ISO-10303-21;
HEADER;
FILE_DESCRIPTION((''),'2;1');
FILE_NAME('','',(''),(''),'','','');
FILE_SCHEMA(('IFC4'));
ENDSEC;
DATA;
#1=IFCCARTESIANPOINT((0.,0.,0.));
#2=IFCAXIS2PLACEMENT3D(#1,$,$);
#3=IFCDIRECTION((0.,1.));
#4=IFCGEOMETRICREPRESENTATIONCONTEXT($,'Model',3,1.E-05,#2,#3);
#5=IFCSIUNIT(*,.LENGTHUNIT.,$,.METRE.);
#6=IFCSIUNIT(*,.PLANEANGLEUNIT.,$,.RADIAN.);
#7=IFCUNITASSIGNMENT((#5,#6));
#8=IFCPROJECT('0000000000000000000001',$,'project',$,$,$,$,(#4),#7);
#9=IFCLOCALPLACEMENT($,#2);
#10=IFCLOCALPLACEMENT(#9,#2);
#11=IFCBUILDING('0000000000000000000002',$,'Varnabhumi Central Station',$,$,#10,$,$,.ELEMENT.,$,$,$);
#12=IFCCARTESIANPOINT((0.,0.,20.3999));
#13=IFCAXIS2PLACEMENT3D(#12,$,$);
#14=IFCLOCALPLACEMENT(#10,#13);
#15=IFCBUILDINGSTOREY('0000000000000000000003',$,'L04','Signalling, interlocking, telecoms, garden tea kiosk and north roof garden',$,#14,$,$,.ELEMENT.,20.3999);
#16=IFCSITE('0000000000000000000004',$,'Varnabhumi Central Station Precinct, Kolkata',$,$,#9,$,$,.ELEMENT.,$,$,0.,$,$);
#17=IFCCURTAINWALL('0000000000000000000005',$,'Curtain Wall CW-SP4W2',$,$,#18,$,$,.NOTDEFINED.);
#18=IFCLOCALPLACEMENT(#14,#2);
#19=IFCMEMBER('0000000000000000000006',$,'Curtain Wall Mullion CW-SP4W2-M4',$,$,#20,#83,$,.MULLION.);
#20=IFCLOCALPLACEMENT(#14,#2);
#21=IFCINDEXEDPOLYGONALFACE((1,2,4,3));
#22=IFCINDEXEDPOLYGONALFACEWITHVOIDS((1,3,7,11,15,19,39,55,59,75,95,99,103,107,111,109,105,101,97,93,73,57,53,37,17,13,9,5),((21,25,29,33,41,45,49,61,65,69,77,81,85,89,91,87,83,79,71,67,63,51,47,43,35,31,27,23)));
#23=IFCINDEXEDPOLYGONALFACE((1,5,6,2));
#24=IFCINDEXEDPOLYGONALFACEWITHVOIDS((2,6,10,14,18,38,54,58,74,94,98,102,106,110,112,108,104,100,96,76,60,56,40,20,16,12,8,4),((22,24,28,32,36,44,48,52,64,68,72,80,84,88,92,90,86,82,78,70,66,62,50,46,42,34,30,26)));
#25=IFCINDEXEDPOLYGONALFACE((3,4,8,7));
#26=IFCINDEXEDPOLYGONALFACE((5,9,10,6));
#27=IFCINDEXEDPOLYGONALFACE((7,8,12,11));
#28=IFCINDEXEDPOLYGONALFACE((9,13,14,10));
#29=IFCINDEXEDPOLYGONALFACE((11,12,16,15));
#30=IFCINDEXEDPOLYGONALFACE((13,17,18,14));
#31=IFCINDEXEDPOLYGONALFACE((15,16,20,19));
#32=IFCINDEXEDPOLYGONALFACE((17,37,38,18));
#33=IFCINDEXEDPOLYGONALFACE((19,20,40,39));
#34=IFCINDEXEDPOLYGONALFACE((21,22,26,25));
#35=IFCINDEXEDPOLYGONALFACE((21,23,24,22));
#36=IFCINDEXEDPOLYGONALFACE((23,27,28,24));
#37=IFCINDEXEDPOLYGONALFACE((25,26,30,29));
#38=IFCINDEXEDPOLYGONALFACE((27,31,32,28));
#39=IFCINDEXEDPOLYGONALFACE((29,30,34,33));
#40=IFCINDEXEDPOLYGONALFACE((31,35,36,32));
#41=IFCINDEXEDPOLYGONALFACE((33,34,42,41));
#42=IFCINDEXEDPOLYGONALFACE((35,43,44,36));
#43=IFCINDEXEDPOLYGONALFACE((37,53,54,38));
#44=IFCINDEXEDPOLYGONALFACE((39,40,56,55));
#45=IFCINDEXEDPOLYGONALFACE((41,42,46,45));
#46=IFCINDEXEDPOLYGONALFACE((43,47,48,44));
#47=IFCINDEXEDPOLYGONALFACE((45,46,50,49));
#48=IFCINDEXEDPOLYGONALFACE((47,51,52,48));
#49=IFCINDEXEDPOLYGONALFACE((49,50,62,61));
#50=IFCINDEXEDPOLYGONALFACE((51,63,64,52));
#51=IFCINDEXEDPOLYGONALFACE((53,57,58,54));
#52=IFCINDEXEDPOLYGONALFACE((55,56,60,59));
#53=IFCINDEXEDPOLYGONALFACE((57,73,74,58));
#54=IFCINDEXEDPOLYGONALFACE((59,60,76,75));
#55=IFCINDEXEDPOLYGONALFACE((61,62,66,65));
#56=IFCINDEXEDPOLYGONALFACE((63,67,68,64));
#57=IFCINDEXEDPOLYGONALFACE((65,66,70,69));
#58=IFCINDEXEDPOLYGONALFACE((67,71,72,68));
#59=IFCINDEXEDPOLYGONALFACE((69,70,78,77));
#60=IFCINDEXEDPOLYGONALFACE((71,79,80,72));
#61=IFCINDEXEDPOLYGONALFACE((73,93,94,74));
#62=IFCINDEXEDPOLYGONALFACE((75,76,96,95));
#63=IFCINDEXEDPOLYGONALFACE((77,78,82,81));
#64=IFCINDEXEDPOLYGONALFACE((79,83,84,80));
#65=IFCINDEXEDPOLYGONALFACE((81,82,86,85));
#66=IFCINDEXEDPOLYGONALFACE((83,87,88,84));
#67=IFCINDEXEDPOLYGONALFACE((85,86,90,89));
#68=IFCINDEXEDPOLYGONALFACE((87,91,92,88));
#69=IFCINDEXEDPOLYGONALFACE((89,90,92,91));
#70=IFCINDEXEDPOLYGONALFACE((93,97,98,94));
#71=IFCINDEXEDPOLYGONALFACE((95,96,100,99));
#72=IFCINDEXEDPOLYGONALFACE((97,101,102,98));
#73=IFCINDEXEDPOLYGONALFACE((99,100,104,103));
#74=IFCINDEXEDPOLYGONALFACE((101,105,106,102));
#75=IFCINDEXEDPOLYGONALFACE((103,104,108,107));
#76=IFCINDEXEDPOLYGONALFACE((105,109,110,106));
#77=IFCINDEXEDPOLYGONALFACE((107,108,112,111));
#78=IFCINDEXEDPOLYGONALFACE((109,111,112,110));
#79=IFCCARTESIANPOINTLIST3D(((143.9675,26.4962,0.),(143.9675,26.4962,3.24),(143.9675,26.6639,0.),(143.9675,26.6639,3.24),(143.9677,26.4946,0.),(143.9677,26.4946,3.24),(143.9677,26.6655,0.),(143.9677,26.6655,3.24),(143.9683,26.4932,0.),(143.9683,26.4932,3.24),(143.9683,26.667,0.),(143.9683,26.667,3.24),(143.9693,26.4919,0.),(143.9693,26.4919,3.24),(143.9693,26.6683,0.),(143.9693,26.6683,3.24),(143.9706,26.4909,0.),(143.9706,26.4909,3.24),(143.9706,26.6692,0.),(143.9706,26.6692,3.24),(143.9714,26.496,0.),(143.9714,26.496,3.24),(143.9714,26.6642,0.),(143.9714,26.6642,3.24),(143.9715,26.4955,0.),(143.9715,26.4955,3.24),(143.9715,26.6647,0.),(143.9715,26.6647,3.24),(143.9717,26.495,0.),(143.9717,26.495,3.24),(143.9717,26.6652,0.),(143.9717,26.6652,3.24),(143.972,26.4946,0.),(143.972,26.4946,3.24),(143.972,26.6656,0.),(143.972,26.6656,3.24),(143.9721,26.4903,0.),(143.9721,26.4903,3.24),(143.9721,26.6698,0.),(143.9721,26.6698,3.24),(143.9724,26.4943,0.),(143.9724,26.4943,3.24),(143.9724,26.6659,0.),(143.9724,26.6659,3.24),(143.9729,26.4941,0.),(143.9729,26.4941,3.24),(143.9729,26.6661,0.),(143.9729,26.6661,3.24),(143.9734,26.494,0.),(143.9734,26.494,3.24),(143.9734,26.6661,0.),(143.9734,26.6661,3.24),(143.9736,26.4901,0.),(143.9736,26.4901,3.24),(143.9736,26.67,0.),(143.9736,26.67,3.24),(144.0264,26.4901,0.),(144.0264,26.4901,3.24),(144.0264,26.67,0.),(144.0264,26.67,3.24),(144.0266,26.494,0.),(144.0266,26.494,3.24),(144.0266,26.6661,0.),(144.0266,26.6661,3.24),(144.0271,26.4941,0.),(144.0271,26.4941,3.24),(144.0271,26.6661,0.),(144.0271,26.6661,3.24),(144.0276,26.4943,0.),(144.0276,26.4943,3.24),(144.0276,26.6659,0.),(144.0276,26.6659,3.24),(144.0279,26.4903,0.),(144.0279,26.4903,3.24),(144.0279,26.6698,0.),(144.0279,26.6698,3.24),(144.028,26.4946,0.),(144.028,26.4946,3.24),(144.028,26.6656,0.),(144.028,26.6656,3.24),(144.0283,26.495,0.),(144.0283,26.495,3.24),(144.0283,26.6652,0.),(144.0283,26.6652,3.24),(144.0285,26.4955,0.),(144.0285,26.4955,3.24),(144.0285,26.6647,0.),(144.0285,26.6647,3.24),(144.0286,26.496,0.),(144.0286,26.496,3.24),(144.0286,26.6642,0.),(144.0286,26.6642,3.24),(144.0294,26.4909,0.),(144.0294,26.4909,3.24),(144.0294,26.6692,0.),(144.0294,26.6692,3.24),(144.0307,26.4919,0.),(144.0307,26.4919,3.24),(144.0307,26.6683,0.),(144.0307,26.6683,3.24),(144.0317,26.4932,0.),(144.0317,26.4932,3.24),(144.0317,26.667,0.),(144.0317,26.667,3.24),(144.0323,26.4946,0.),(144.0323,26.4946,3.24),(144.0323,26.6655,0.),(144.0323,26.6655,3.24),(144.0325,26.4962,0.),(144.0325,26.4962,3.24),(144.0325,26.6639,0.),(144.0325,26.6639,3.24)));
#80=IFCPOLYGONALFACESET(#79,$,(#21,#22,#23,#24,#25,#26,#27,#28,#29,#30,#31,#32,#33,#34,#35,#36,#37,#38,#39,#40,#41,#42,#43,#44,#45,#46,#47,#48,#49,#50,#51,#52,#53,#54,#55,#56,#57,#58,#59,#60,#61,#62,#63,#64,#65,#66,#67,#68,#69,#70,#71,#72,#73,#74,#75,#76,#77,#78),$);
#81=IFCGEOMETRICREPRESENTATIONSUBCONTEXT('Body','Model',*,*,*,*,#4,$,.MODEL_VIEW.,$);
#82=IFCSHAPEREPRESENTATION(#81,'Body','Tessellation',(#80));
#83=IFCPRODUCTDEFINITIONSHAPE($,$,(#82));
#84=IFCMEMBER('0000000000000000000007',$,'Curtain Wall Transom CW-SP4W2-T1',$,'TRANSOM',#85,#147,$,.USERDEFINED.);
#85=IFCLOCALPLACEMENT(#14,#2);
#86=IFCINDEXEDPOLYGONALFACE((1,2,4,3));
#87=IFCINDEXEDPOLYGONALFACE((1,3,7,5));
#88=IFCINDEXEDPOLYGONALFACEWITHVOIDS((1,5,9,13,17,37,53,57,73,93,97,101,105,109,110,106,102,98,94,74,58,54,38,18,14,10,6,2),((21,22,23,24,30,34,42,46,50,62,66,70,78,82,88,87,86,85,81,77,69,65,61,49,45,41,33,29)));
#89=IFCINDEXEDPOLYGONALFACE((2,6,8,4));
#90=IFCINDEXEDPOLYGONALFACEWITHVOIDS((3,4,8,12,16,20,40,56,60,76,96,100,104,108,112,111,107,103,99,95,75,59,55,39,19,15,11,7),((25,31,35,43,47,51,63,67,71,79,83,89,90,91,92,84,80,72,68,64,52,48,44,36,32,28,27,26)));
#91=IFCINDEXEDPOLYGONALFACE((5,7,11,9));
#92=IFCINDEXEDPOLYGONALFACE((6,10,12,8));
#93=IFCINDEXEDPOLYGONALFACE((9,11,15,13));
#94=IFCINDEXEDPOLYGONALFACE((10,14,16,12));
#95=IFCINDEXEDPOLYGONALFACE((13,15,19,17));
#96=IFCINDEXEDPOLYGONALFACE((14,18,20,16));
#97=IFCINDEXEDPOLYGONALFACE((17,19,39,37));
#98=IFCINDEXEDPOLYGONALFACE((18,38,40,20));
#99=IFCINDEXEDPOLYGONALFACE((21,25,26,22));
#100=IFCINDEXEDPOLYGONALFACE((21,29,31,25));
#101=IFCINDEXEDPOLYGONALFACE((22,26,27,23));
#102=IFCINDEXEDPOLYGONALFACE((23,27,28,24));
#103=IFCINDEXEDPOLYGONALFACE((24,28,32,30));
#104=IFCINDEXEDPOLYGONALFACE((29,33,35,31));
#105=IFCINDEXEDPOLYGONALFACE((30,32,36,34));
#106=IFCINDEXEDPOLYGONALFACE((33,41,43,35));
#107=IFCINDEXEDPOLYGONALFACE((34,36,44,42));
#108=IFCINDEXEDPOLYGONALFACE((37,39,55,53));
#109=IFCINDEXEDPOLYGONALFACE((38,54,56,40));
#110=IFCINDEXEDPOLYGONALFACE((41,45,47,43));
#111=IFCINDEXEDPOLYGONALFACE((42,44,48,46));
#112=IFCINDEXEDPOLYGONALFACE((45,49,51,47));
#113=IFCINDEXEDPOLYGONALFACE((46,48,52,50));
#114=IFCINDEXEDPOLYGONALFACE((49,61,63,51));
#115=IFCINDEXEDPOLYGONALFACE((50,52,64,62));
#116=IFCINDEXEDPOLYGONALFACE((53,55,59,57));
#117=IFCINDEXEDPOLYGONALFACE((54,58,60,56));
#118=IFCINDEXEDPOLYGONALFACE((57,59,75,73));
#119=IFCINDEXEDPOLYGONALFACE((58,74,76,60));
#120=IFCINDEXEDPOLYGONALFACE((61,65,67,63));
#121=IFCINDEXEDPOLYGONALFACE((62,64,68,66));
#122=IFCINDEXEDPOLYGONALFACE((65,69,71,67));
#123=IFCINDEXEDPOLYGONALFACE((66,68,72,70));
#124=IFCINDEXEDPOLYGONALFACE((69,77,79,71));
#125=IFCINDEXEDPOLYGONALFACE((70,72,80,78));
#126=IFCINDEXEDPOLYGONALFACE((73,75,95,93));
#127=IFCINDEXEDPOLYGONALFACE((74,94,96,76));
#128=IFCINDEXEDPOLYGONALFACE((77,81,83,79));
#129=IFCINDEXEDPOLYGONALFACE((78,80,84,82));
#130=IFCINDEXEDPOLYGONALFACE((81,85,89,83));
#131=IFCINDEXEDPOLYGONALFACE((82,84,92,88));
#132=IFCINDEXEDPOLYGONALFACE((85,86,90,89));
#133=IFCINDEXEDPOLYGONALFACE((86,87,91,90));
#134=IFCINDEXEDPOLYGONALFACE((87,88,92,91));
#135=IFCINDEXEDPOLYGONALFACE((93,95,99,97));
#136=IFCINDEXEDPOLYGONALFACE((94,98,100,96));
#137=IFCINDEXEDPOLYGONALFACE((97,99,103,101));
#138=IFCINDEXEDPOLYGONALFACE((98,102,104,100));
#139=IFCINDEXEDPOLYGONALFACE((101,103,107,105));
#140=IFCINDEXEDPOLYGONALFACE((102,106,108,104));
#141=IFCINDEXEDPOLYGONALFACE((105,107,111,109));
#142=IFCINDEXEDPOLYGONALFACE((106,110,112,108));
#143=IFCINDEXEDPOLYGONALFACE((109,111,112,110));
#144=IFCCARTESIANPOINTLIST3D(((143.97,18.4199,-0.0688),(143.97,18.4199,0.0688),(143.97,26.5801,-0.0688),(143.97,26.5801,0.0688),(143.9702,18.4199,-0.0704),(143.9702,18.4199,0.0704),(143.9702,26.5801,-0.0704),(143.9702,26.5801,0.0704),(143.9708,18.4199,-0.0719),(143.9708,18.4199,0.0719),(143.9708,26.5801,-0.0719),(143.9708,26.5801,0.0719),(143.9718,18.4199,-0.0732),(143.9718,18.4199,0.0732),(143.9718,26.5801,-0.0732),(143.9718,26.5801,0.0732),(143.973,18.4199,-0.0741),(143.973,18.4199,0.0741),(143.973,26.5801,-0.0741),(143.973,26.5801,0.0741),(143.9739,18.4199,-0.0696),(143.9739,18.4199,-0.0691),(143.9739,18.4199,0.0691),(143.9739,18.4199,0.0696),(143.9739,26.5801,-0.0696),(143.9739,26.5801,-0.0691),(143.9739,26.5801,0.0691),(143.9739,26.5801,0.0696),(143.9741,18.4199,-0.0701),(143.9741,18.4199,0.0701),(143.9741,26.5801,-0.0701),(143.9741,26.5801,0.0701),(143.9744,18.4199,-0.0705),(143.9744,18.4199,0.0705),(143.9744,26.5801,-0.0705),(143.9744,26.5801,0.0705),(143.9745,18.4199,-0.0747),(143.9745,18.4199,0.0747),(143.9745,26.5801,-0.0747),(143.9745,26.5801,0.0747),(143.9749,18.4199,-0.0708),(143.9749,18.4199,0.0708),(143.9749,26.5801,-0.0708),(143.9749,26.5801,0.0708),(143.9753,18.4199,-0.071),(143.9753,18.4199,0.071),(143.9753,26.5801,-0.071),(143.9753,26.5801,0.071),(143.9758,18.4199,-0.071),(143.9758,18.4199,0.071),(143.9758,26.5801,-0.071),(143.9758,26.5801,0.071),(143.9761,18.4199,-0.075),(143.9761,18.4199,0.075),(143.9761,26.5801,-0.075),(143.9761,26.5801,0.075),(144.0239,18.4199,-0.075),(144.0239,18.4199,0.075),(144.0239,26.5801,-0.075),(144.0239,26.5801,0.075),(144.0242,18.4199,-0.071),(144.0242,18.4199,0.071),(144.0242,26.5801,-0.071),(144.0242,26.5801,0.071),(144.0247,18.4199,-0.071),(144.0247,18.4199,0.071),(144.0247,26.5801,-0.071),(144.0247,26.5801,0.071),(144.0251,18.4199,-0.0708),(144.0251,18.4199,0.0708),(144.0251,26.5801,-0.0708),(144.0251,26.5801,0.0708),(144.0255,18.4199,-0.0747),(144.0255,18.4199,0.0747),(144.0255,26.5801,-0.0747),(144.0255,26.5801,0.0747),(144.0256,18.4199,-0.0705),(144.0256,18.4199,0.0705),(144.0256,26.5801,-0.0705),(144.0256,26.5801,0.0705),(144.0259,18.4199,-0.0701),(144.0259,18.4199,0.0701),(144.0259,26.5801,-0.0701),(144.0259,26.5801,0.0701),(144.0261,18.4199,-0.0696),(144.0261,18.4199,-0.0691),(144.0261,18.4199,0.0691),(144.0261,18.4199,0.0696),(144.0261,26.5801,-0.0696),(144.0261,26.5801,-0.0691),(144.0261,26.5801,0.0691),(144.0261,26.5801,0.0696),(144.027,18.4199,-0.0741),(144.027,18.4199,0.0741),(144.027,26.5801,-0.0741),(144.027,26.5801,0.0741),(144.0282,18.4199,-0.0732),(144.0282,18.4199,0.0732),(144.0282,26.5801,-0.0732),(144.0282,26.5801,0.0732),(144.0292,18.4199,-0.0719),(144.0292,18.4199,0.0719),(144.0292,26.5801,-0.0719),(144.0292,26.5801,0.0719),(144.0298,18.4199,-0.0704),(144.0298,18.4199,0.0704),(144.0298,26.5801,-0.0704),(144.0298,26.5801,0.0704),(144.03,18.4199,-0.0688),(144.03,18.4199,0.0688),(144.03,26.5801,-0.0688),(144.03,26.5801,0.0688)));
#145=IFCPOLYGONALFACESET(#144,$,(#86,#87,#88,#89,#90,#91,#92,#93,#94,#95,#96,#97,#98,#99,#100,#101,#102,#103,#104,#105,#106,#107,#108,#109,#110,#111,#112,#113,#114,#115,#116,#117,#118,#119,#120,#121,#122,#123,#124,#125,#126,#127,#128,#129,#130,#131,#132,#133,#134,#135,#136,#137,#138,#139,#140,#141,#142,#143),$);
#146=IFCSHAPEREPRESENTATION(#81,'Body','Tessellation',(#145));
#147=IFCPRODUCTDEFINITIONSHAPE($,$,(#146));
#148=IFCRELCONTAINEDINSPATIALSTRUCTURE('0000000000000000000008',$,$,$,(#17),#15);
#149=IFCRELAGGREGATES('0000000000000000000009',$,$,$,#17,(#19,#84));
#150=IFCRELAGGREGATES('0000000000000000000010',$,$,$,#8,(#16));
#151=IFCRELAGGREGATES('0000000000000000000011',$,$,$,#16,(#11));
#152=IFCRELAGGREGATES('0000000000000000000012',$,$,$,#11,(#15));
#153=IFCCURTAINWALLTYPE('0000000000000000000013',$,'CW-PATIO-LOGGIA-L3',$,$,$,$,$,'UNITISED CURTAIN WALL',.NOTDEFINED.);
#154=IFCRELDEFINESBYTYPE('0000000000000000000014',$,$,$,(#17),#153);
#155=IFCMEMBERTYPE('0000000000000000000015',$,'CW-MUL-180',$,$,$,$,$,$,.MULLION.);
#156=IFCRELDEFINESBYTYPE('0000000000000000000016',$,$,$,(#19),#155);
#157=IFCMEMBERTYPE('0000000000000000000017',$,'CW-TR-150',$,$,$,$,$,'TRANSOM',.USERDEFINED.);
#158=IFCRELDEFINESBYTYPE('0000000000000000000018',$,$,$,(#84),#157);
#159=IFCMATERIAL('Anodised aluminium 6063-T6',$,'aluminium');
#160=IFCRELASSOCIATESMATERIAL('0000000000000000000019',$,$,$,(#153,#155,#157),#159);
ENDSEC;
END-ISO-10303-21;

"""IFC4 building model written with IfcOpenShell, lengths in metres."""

from ifc_helpers import new_model, si_unit, direction, frame, origin, origin_2d, place, context, subcontext, project, spatial, hollow_rectangle, extrude, material, material_profile, profile_set, type_object, element, aggregate, save


model = new_model("IFC4")

# Units and contexts
model_context = context("Model", 3, precision=1e-05, world=origin(), true_north=direction((0.0, 1.0)))
body_context = subcontext(model_context, "Body", "Model", "MODEL_VIEW")
ifc_project = project(units=[si_unit("LENGTHUNIT", "METRE"), si_unit("PLANEANGLEUNIT", "RADIAN")], contexts=[model_context])

# Site, building, storey
site_placement = place(None, origin())
site = spatial("IfcSite", under=ifc_project, at=site_placement, Name="Varnabhumi Central Station Precinct, Kolkata", CompositionType="ELEMENT", RefElevation=0.0)
building_placement = place(site_placement, origin())
building = spatial("IfcBuilding", under=site, at=building_placement, Name="Varnabhumi Central Station", CompositionType="ELEMENT")
storey_placement = place(building_placement, frame((0.0, 0.0, 20.3999)))
storey = spatial("IfcBuildingStorey", under=building, at=storey_placement, Name="L04", Description="Signalling, interlocking, telecoms, garden tea kiosk and north roof garden", CompositionType="ELEMENT", Elevation=20.3999)

# Curtain wall, members
ifc_material_1 = material(Name="Anodised aluminium 6063-T6", Category="aluminium")
curtain_wall_type = type_object("IfcCurtainWallType", Name="CW-PATIO-LOGGIA-L3", ElementType="UNITISED CURTAIN WALL", PredefinedType="NOTDEFINED", material=ifc_material_1)
ifc_material_profile_1 = material_profile(ifc_material_1, hollow_rectangle(XDim=0.0649, YDim=0.1799, WallThickness=0.0039, InnerFilletRadius=0.002, OuterFilletRadius=0.0061, at=origin_2d()), Name="Anodised aluminium 6063-T6", Category="aluminium")
ifc_profile_set_1 = profile_set([ifc_material_profile_1], Name="Anodised aluminium 6063-T6")
member_type_1 = type_object("IfcMemberType", Name="CW-MUL-180", PredefinedType="MULLION", material=ifc_profile_set_1)
curtain_wall_1_placement = place(storey_placement, origin())
curtain_wall_1 = element("IfcCurtainWall", 1, at=curtain_wall_1_placement, inside=storey, type_object=curtain_wall_type, Name="Curtain Wall CW-SP4W2", PredefinedType="NOTDEFINED")
member_1_placement = place(storey_placement, frame((144.0, 26.5801, 0.0), z_axis=(0.0, 0.0, 1.0), x_axis=(1.0, 0.0, 0.0)))
member_1 = element("IfcMember", 2, at=member_1_placement, type_object=member_type_1, Name="Curtain Wall Mullion CW-SP4W2-M4", PredefinedType="MULLION", context=body_context, shape_type="SweptSolid", body=[
    extrude(hollow_rectangle(XDim=0.0649, YDim=0.1799, WallThickness=0.0039, InnerFilletRadius=0.002, OuterFilletRadius=0.0061, at=origin_2d()), origin(), (0.0, 0.0, 1.0), 3.24),
])
ifc_material_profile_2 = material_profile(ifc_material_1, hollow_rectangle(XDim=0.0601, YDim=0.1499, WallThickness=0.0039, InnerFilletRadius=0.002, OuterFilletRadius=0.0061, at=origin_2d()), Name="Anodised aluminium 6063-T6", Category="aluminium")
ifc_profile_set_2 = profile_set([ifc_material_profile_2], Name="Anodised aluminium 6063-T6")
member_type_2 = type_object("IfcMemberType", Name="CW-TR-150", ElementType="TRANSOM", PredefinedType="USERDEFINED", material=ifc_profile_set_2)
member_2_placement = place(storey_placement, frame((144.0, 18.4199, 0.0), z_axis=(0.0, 1.0, 0.0), x_axis=(-1.0, 0.0, 0.0)))
member_2 = element("IfcMember", 3, at=member_2_placement, type_object=member_type_2, Name="Curtain Wall Transom CW-SP4W2-T1", ObjectType="TRANSOM", PredefinedType="USERDEFINED", context=body_context, shape_type="SweptSolid", body=[
    extrude(hollow_rectangle(XDim=0.0601, YDim=0.1499, WallThickness=0.0039, InnerFilletRadius=0.002, OuterFilletRadius=0.0061, at=origin_2d()), origin(), (0.0, 0.0, 1.0), 8.1602),
])

aggregate(curtain_wall_1, [member_1, member_2])

save(model, "model.ifc")
